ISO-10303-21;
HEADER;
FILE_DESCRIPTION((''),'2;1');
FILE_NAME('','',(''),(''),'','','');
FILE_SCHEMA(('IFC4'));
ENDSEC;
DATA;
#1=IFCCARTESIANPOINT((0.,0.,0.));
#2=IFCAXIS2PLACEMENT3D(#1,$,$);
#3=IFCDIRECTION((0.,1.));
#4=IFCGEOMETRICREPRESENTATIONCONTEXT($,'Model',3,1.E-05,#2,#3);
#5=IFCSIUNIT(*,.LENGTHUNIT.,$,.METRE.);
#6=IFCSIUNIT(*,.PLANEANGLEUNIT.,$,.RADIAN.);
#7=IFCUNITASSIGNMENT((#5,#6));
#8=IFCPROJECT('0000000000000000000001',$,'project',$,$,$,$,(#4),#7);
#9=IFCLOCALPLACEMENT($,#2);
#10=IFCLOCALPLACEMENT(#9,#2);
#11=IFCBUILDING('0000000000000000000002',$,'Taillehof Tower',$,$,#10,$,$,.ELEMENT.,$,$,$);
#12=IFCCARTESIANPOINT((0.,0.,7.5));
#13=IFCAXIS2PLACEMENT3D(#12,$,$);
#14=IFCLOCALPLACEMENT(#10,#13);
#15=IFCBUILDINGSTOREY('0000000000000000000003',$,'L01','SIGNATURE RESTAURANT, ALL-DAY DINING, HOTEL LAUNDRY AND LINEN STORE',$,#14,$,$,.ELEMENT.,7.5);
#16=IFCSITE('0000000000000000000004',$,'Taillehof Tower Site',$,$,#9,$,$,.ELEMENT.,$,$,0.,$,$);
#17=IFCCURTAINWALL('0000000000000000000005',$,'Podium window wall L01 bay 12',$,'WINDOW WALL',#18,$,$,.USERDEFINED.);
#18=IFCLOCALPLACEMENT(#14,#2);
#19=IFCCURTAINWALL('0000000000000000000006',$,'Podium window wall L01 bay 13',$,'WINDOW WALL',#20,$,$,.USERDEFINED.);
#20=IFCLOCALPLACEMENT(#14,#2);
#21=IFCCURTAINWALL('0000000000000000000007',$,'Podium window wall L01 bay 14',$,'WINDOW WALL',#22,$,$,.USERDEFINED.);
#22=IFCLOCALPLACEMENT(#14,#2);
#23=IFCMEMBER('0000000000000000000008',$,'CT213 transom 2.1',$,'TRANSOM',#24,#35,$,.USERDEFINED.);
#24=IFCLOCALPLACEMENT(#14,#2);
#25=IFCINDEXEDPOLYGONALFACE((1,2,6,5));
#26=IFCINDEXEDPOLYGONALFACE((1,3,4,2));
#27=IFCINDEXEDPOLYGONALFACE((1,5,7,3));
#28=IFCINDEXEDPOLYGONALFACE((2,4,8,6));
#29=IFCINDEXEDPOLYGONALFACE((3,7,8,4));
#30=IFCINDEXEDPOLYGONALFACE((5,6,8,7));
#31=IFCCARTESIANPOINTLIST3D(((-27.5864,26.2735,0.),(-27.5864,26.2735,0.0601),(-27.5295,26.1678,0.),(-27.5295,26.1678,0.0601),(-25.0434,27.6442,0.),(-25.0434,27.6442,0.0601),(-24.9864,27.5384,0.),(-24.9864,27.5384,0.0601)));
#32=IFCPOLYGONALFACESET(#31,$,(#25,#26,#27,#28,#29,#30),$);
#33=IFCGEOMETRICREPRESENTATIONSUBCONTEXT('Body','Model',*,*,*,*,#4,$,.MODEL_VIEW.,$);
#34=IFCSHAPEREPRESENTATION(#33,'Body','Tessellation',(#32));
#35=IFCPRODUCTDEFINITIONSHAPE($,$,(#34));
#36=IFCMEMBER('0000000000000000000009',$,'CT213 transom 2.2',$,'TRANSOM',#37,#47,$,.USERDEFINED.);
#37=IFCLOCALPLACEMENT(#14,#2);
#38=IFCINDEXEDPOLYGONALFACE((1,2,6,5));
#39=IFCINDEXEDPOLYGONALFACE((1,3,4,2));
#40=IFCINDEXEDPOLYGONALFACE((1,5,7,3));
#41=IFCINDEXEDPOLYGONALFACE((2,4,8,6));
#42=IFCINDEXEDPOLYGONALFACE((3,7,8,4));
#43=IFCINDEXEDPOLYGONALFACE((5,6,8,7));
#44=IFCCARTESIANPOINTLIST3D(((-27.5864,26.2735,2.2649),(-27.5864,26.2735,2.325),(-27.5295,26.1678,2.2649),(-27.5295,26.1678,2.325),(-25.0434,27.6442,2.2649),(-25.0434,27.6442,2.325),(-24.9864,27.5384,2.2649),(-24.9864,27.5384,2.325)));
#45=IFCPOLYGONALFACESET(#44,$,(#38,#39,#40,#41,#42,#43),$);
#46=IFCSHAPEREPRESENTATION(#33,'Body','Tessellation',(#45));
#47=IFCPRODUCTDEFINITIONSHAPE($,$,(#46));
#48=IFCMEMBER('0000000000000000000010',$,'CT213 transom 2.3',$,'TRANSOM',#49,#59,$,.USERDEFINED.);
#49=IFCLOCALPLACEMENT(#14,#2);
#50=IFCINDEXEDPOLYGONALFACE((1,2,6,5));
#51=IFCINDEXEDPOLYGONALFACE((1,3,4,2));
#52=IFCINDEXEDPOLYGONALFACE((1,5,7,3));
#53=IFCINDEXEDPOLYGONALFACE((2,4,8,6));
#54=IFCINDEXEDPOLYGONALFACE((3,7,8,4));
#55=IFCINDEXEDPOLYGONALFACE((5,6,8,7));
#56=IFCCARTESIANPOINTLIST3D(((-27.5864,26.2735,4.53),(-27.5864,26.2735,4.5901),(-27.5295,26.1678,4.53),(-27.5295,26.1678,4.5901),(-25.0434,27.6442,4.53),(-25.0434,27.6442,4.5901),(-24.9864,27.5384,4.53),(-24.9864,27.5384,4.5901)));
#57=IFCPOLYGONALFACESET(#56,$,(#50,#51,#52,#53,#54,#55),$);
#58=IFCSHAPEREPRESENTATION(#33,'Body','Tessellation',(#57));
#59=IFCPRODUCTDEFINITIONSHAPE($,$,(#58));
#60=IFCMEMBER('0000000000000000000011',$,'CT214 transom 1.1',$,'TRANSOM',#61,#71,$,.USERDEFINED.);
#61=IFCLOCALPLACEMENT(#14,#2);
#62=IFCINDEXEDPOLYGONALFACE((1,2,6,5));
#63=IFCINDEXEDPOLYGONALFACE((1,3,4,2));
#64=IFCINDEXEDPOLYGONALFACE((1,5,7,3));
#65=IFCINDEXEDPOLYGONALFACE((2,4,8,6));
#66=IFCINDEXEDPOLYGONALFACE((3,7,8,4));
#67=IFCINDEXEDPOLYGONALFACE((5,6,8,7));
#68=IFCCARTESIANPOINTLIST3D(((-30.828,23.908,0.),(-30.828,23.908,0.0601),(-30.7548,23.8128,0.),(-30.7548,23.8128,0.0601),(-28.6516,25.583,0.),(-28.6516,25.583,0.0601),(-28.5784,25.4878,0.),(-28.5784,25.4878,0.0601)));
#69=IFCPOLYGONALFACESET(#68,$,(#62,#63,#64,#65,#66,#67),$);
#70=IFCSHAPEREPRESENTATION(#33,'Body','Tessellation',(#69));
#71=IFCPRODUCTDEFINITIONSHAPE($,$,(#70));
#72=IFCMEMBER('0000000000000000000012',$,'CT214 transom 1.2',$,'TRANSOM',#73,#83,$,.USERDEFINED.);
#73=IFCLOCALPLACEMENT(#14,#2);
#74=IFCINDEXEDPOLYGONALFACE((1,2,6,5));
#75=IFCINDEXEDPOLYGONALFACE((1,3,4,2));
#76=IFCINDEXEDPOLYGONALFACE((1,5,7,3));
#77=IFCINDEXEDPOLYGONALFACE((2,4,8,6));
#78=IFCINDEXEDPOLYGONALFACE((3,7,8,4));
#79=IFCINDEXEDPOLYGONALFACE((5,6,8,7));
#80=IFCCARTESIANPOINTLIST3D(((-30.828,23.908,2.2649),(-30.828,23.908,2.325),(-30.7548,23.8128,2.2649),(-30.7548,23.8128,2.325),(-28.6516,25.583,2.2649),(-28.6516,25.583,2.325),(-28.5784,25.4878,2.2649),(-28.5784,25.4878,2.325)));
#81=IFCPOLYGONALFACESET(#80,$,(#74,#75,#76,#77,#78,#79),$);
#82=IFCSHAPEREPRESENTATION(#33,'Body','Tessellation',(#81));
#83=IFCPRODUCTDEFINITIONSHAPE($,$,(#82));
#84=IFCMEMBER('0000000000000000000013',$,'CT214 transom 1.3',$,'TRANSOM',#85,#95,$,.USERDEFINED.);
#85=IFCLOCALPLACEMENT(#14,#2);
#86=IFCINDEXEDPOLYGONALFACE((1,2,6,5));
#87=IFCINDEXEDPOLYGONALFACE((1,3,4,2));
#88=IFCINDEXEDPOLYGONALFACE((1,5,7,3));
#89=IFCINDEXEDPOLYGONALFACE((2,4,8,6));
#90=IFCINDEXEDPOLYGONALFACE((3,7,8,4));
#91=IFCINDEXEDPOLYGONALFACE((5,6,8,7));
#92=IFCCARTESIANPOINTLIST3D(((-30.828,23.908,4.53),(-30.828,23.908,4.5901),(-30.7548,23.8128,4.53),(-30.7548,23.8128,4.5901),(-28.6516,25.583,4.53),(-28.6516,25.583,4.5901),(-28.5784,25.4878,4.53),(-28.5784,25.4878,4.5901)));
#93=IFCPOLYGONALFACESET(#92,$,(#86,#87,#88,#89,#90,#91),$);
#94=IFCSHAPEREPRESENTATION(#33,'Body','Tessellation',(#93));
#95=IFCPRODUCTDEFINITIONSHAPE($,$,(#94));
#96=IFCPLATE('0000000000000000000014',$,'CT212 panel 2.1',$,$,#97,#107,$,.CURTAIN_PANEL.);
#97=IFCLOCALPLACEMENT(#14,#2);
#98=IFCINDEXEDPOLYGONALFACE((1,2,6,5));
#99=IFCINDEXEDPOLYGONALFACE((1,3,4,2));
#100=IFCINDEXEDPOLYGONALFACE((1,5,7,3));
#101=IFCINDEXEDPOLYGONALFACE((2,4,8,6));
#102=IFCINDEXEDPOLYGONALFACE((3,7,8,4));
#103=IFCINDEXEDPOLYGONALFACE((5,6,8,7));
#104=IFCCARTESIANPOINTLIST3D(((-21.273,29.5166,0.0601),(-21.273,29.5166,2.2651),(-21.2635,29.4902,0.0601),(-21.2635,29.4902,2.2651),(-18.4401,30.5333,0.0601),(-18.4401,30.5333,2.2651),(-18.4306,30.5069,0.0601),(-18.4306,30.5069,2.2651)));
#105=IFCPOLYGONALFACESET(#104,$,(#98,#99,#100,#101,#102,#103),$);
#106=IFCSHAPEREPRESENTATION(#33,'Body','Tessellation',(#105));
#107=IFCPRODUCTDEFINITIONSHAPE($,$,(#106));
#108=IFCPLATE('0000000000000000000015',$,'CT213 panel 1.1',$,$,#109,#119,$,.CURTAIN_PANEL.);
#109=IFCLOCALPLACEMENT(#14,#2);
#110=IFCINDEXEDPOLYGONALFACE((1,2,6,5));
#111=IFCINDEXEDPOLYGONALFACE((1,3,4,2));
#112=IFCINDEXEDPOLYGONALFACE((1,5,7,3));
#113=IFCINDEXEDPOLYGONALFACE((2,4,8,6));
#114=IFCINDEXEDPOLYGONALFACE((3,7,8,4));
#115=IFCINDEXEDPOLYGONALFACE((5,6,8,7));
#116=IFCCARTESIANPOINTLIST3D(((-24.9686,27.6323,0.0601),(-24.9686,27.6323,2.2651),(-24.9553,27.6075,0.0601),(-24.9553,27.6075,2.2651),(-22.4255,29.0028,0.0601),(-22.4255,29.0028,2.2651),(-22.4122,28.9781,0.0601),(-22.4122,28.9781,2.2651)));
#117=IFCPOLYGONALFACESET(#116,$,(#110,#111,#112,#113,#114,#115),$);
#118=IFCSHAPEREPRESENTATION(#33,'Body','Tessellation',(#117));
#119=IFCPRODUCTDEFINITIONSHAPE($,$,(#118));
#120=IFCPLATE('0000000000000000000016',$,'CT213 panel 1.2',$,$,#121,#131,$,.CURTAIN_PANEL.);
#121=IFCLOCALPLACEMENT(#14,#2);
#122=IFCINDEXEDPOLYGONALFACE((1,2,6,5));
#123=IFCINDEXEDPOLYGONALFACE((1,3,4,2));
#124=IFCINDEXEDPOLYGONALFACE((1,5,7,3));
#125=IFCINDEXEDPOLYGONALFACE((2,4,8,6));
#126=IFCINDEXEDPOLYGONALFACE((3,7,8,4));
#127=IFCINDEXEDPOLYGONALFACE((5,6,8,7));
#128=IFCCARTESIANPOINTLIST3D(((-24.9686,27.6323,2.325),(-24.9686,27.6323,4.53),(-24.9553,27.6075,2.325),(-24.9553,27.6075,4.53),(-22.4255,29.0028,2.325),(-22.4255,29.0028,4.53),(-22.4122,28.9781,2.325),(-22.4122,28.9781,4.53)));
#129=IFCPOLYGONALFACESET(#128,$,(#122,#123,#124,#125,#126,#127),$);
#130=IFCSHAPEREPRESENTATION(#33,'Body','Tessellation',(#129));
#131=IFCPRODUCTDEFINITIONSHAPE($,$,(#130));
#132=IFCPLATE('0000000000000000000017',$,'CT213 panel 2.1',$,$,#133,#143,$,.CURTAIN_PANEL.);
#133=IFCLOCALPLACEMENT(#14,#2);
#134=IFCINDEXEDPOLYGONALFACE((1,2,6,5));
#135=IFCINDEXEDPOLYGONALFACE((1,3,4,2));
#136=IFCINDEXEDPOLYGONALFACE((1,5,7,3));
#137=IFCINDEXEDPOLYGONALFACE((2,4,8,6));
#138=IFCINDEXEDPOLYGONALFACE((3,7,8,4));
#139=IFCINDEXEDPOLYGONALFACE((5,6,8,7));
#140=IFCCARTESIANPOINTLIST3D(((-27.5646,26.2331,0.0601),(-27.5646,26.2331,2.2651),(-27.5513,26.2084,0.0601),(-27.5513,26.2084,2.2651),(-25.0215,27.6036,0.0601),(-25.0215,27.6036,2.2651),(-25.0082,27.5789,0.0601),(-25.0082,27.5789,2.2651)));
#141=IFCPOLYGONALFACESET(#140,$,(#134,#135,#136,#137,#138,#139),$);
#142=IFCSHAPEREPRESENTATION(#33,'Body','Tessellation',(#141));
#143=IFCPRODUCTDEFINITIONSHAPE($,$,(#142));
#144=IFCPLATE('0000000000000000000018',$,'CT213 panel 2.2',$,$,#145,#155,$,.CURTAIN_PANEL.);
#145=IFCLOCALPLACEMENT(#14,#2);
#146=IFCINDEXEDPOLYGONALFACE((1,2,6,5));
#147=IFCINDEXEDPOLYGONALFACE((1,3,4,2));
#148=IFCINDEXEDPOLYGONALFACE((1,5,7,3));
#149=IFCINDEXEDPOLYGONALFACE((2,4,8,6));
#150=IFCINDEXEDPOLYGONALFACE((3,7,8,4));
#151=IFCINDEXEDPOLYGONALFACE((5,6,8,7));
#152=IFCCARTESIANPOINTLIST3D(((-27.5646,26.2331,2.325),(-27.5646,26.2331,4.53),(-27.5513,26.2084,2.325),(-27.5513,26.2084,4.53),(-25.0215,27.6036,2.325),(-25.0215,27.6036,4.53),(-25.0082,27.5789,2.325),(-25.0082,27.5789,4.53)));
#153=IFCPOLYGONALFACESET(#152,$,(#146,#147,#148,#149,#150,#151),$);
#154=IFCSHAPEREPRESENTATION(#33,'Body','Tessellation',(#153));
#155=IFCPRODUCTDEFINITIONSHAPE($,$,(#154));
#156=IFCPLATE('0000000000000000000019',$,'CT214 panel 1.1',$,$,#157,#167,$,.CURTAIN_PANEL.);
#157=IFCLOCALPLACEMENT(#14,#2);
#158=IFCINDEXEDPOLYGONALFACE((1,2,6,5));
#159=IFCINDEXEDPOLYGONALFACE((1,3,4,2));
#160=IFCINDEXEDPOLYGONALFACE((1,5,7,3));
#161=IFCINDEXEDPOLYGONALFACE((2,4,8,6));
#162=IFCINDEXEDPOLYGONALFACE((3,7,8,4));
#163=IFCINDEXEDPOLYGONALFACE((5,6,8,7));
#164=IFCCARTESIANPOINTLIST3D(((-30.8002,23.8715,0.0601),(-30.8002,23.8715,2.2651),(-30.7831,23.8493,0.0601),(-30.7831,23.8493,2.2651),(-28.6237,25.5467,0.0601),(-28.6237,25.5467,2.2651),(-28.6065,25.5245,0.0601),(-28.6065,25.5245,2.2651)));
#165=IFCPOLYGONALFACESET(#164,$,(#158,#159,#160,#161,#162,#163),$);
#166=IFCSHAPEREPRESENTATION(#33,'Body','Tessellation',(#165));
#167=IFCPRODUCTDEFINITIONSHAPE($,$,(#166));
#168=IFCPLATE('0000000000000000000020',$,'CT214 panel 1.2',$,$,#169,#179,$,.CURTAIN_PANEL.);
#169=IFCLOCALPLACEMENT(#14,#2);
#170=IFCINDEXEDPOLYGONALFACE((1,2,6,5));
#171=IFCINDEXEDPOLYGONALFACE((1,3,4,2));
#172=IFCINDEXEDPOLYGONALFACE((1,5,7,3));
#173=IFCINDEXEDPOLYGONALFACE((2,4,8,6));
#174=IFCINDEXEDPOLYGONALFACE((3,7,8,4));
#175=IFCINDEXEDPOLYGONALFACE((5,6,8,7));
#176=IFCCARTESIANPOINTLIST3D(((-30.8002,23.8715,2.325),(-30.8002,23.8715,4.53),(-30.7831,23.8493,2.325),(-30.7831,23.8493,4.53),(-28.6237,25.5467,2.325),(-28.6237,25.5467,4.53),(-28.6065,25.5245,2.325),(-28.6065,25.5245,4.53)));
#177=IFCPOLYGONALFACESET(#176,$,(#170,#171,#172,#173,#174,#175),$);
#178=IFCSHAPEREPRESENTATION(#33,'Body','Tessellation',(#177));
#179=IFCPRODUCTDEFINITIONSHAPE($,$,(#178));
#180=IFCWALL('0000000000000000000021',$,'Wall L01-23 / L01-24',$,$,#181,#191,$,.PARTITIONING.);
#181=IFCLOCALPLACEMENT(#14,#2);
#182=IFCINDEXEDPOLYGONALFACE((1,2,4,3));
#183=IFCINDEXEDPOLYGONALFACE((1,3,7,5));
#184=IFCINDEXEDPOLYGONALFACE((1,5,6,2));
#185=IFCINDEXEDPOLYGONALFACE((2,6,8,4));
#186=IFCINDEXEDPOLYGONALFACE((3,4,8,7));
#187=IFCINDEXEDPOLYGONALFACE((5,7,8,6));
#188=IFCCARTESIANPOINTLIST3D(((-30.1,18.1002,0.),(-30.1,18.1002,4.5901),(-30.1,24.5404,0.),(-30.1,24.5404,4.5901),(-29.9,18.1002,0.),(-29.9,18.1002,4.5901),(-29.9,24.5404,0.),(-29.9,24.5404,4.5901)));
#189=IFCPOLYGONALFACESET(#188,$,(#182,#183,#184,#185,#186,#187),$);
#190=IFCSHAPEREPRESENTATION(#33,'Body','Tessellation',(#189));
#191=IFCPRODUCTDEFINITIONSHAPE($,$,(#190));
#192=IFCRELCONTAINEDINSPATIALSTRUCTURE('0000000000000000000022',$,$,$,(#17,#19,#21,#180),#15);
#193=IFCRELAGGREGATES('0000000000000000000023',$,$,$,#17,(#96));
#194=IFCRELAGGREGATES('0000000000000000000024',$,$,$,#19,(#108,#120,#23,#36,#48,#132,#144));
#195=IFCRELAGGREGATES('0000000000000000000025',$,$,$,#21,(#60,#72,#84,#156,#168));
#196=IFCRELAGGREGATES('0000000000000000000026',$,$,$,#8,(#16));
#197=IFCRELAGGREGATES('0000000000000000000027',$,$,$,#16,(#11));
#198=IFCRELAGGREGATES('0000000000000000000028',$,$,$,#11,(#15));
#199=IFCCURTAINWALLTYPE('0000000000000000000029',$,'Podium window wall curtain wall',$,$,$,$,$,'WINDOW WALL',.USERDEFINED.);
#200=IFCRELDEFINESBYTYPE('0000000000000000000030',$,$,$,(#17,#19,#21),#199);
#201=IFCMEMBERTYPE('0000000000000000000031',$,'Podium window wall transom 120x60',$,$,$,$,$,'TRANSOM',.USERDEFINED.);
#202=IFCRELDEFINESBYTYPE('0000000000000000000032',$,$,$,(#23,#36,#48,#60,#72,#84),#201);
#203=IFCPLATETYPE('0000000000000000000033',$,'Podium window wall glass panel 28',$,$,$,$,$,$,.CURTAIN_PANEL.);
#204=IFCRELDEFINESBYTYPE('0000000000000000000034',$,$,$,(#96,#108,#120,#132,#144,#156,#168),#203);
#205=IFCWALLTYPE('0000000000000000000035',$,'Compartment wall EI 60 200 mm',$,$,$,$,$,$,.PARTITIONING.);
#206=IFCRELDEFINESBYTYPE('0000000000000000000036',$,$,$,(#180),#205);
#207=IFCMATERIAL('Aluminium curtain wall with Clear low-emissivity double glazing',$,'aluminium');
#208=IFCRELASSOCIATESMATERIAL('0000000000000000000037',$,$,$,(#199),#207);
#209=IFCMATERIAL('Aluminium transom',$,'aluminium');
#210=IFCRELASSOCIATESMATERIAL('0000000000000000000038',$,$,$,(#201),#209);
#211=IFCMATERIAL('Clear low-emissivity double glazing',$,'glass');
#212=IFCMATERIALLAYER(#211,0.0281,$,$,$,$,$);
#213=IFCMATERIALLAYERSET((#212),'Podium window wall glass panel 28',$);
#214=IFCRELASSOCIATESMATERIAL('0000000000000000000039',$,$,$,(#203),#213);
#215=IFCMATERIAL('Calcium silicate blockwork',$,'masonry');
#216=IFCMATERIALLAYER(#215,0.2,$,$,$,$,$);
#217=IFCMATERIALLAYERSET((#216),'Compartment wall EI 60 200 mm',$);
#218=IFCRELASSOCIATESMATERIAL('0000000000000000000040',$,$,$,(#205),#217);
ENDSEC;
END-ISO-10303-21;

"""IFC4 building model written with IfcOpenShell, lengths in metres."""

from ifc_helpers import new_model, si_unit, direction, frame, frame_2d, origin, origin_2d, place, context, subcontext, project, spatial, rectangle, extrude, material, layer, layer_set, material_profile, profile_set, type_object, element, aggregate, save


model = new_model("IFC4")

# Units and contexts
model_context = context("Model", 3, precision=1e-05, world=origin(), true_north=direction((0.0, 1.0)))
body_context = subcontext(model_context, "Body", "Model", "MODEL_VIEW")
ifc_project = project(units=[si_unit("LENGTHUNIT", "METRE"), si_unit("PLANEANGLEUNIT", "RADIAN")], contexts=[model_context])

# Site, building, storey
site_placement = place(None, origin())
site = spatial("IfcSite", under=ifc_project, at=site_placement, Name="Taillehof Tower Site", CompositionType="ELEMENT", RefElevation=0.0)
building_placement = place(site_placement, origin())
building = spatial("IfcBuilding", under=site, at=building_placement, Name="Taillehof Tower", CompositionType="ELEMENT")
storey_placement = place(building_placement, frame((0.0, 0.0, 7.5)))
storey = spatial("IfcBuildingStorey", under=building, at=storey_placement, Name="L01", Description="SIGNATURE RESTAURANT, ALL-DAY DINING, HOTEL LAUNDRY AND LINEN STORE", CompositionType="ELEMENT", Elevation=7.5)

# Curtain wall
ifc_material_1 = material(Name="Aluminium curtain wall with Clear low-emissivity double glazing", Category="aluminium")
curtain_wall_type = type_object("IfcCurtainWallType", Name="Podium window wall curtain wall", ElementType="WINDOW WALL", PredefinedType="USERDEFINED", material=ifc_material_1)
curtain_wall_1_placement = place(storey_placement, origin())
curtain_wall_1 = element("IfcCurtainWall", 1, at=curtain_wall_1_placement, inside=storey, type_object=curtain_wall_type, Name="Podium window wall L01 bay 12", ObjectType="WINDOW WALL", PredefinedType="USERDEFINED")

# Curtain wall
curtain_wall_2_placement = place(storey_placement, origin())
curtain_wall_2 = element("IfcCurtainWall", 2, at=curtain_wall_2_placement, inside=storey, type_object=curtain_wall_type, Name="Podium window wall L01 bay 13", ObjectType="WINDOW WALL", PredefinedType="USERDEFINED")

# Curtain wall
curtain_wall_3_placement = place(storey_placement, origin())
curtain_wall_3 = element("IfcCurtainWall", 3, at=curtain_wall_3_placement, inside=storey, type_object=curtain_wall_type, Name="Podium window wall L01 bay 14", ObjectType="WINDOW WALL", PredefinedType="USERDEFINED")

# Members
ifc_material_2 = material(Name="Aluminium transom", Category="aluminium")
ifc_material_profile_1 = material_profile(ifc_material_2, rectangle(XDim=0.1201, YDim=0.0601, at=origin_2d()), Name="AL 120x60")
ifc_profile_set_1 = profile_set([ifc_material_profile_1], Name="Aluminium transom")
member_type_1 = type_object("IfcMemberType", Name="Podium window wall transom 120x60", ElementType="TRANSOM", PredefinedType="USERDEFINED", material=ifc_profile_set_1)
member_1_placement = place(storey_placement, frame((-25.0149, 27.5913, 0.03), z_axis=(-0.880281, -0.474453, 0.0), x_axis=(0.474453, -0.880281, 0.0)))
member_1 = element("IfcMember", 4, at=member_1_placement, type_object=member_type_1, Name="CT213 transom 2.1", ObjectType="TRANSOM", PredefinedType="USERDEFINED", context=body_context, shape_type="SweptSolid", body=[
    extrude(rectangle(XDim=0.1201, YDim=0.0601, at=origin_2d()), origin(), (0.0, 0.0, 1.0), 2.8889),
])
member_2_placement = place(storey_placement, frame((-25.0149, 27.5913, 2.2949), z_axis=(-0.880281, -0.474453, 0.0), x_axis=(0.474453, -0.880281, 0.0)))
member_2 = element("IfcMember", 5, at=member_2_placement, type_object=member_type_1, Name="CT213 transom 2.2", ObjectType="TRANSOM", PredefinedType="USERDEFINED", context=body_context, shape_type="SweptSolid", body=[
    extrude(rectangle(XDim=0.1201, YDim=0.0601, at=origin_2d()), origin(), (0.0, 0.0, 1.0), 2.8889),
])
member_3_placement = place(storey_placement, frame((-25.0149, 27.5913, 4.5601), z_axis=(-0.880281, -0.474453, 0.0), x_axis=(0.474453, -0.880281, 0.0)))
member_3 = element("IfcMember", 6, at=member_3_placement, type_object=member_type_1, Name="CT213 transom 2.3", ObjectType="TRANSOM", PredefinedType="USERDEFINED", context=body_context, shape_type="SweptSolid", body=[
    extrude(rectangle(XDim=0.1201, YDim=0.0601, at=origin_2d()), origin(), (0.0, 0.0, 1.0), 2.8889),
])
member_4_placement = place(storey_placement, frame((-28.615, 25.5354, 0.03), z_axis=(-0.792482, -0.609895, 0.0), x_axis=(0.609895, -0.792482, 0.0)))
member_4 = element("IfcMember", 7, at=member_4_placement, type_object=member_type_1, Name="CT214 transom 1.1", ObjectType="TRANSOM", PredefinedType="USERDEFINED", context=body_context, shape_type="SweptSolid", body=[
    extrude(rectangle(XDim=0.1201, YDim=0.0601, at=origin_2d()), origin(), (0.0, 0.0, 1.0), 2.7463),
])
member_5_placement = place(storey_placement, frame((-28.615, 25.5354, 2.2949), z_axis=(-0.792482, -0.609895, 0.0), x_axis=(0.609895, -0.792482, 0.0)))
member_5 = element("IfcMember", 8, at=member_5_placement, type_object=member_type_1, Name="CT214 transom 1.2", ObjectType="TRANSOM", PredefinedType="USERDEFINED", context=body_context, shape_type="SweptSolid", body=[
    extrude(rectangle(XDim=0.1201, YDim=0.0601, at=origin_2d()), origin(), (0.0, 0.0, 1.0), 2.7463),
])
member_6_placement = place(storey_placement, frame((-28.615, 25.5354, 4.5601), z_axis=(-0.792482, -0.609895, 0.0), x_axis=(0.609895, -0.792482, 0.0)))
member_6 = element("IfcMember", 9, at=member_6_placement, type_object=member_type_1, Name="CT214 transom 1.3", ObjectType="TRANSOM", PredefinedType="USERDEFINED", context=body_context, shape_type="SweptSolid", body=[
    extrude(rectangle(XDim=0.1201, YDim=0.0601, at=origin_2d()), origin(), (0.0, 0.0, 1.0), 2.7463),
])

# Plates
ifc_material_3 = material(Name="Clear low-emissivity double glazing", Category="glass")
ifc_layer_1 = layer(ifc_material_3, 0.0281)
ifc_layer_set_1 = layer_set([ifc_layer_1], Name="Podium window wall glass panel 28")
plate_type = type_object("IfcPlateType", Name="Podium window wall glass panel 28", PredefinedType="CURTAIN_PANEL", material=ifc_layer_set_1)
plate_1_placement = place(storey_placement, frame((-19.8518, 30.0117, 0.0601), z_axis=(0.0, 0.0, 1.0), x_axis=(-0.941218, -0.337799, 0.0)))
plate_1 = element("IfcPlate", 10, at=plate_1_placement, type_object=plate_type, Name="CT212 panel 2.1", PredefinedType="CURTAIN_PANEL", context=body_context, shape_type="SweptSolid", body=[
    extrude(rectangle(XDim=3.0098, YDim=0.0281, at=origin_2d()), origin(), (0.0, 0.0, 1.0), 2.2051),
])
aggregate(curtain_wall_1, [plate_1])
plate_2_placement = place(storey_placement, frame((-23.6904, 28.3052, 0.0601), z_axis=(0.0, 0.0, 1.0), x_axis=(-0.880301, -0.474415, 0.0)))
plate_2 = element("IfcPlate", 11, at=plate_2_placement, type_object=plate_type, Name="CT213 panel 1.1", PredefinedType="CURTAIN_PANEL", context=body_context, shape_type="SweptSolid", body=[
    extrude(rectangle(XDim=2.8889, YDim=0.0281, at=origin_2d()), origin(), (0.0, 0.0, 1.0), 2.2051),
])
plate_3_placement = place(storey_placement, frame((-23.6904, 28.3052, 2.325), z_axis=(0.0, 0.0, 1.0), x_axis=(-0.880301, -0.474415, 0.0)))
plate_3 = element("IfcPlate", 12, at=plate_3_placement, type_object=plate_type, Name="CT213 panel 1.2", PredefinedType="CURTAIN_PANEL", context=body_context, shape_type="SweptSolid", body=[
    extrude(rectangle(XDim=2.8889, YDim=0.0281, at=origin_2d()), origin(), (0.0, 0.0, 1.0), 2.2051),
])
plate_4_placement = place(storey_placement, frame((-26.2864, 26.906, 0.0601), z_axis=(0.0, 0.0, 1.0), x_axis=(-0.880301, -0.474415, 0.0)))
plate_4 = element("IfcPlate", 13, at=plate_4_placement, type_object=plate_type, Name="CT213 panel 2.1", PredefinedType="CURTAIN_PANEL", context=body_context, shape_type="SweptSolid", body=[
    extrude(rectangle(XDim=2.8889, YDim=0.0281, at=origin_2d()), origin(), (0.0, 0.0, 1.0), 2.2051),
])
plate_5_placement = place(storey_placement, frame((-26.2864, 26.906, 2.325), z_axis=(0.0, 0.0, 1.0), x_axis=(-0.880301, -0.474415, 0.0)))
plate_5 = element("IfcPlate", 14, at=plate_5_placement, type_object=plate_type, Name="CT213 panel 2.2", PredefinedType="CURTAIN_PANEL", context=body_context, shape_type="SweptSolid", body=[
    extrude(rectangle(XDim=2.8889, YDim=0.0281, at=origin_2d()), origin(), (0.0, 0.0, 1.0), 2.2051),
])
aggregate(curtain_wall_2, [plate_2, plate_3, member_1, member_2, member_3, plate_4, plate_5])
plate_6_placement = place(storey_placement, frame((-29.7034, 24.698, 0.0601), z_axis=(0.0, 0.0, 1.0), x_axis=(-0.792454, -0.609932, 0.0)))
plate_6 = element("IfcPlate", 15, at=plate_6_placement, type_object=plate_type, Name="CT214 panel 1.1", PredefinedType="CURTAIN_PANEL", context=body_context, shape_type="SweptSolid", body=[
    extrude(rectangle(XDim=2.7466, YDim=0.0281, at=origin_2d()), origin(), (0.0, 0.0, 1.0), 2.2051),
])
plate_7_placement = place(storey_placement, frame((-29.7034, 24.698, 2.325), z_axis=(0.0, 0.0, 1.0), x_axis=(-0.792454, -0.609932, 0.0)))
plate_7 = element("IfcPlate", 16, at=plate_7_placement, type_object=plate_type, Name="CT214 panel 1.2", PredefinedType="CURTAIN_PANEL", context=body_context, shape_type="SweptSolid", body=[
    extrude(rectangle(XDim=2.7466, YDim=0.0281, at=origin_2d()), origin(), (0.0, 0.0, 1.0), 2.2051),
])
aggregate(curtain_wall_3, [member_4, member_5, member_6, plate_6, plate_7])

# Wall
ifc_material_4 = material(Name="Calcium silicate blockwork", Category="masonry")
ifc_layer_2 = layer(ifc_material_4, 0.2)
ifc_layer_set_2 = layer_set([ifc_layer_2], Name="Compartment wall EI 60 200 mm")
wall_type = type_object("IfcWallType", Name="Compartment wall EI 60 200 mm", PredefinedType="PARTITIONING", material=ifc_layer_set_2)
wall_placement = place(storey_placement, frame((-30.0, 18.1001, 0.0), z_axis=(0.0, 0.0, 1.0), x_axis=(0.0, 1.0, 0.0)))
element("IfcWall", 17, at=wall_placement, inside=storey, type_object=wall_type, Name="Wall L01-23 / L01-24", PredefinedType="PARTITIONING", context=body_context, shape_type="SweptSolid", body=[
    extrude(rectangle(XDim=6.4402, YDim=0.2, at=frame_2d((3.2202, 0.0))), origin(), (0.0, 0.0, 1.0), 4.5901),
])

save(model, "model.ifc")
